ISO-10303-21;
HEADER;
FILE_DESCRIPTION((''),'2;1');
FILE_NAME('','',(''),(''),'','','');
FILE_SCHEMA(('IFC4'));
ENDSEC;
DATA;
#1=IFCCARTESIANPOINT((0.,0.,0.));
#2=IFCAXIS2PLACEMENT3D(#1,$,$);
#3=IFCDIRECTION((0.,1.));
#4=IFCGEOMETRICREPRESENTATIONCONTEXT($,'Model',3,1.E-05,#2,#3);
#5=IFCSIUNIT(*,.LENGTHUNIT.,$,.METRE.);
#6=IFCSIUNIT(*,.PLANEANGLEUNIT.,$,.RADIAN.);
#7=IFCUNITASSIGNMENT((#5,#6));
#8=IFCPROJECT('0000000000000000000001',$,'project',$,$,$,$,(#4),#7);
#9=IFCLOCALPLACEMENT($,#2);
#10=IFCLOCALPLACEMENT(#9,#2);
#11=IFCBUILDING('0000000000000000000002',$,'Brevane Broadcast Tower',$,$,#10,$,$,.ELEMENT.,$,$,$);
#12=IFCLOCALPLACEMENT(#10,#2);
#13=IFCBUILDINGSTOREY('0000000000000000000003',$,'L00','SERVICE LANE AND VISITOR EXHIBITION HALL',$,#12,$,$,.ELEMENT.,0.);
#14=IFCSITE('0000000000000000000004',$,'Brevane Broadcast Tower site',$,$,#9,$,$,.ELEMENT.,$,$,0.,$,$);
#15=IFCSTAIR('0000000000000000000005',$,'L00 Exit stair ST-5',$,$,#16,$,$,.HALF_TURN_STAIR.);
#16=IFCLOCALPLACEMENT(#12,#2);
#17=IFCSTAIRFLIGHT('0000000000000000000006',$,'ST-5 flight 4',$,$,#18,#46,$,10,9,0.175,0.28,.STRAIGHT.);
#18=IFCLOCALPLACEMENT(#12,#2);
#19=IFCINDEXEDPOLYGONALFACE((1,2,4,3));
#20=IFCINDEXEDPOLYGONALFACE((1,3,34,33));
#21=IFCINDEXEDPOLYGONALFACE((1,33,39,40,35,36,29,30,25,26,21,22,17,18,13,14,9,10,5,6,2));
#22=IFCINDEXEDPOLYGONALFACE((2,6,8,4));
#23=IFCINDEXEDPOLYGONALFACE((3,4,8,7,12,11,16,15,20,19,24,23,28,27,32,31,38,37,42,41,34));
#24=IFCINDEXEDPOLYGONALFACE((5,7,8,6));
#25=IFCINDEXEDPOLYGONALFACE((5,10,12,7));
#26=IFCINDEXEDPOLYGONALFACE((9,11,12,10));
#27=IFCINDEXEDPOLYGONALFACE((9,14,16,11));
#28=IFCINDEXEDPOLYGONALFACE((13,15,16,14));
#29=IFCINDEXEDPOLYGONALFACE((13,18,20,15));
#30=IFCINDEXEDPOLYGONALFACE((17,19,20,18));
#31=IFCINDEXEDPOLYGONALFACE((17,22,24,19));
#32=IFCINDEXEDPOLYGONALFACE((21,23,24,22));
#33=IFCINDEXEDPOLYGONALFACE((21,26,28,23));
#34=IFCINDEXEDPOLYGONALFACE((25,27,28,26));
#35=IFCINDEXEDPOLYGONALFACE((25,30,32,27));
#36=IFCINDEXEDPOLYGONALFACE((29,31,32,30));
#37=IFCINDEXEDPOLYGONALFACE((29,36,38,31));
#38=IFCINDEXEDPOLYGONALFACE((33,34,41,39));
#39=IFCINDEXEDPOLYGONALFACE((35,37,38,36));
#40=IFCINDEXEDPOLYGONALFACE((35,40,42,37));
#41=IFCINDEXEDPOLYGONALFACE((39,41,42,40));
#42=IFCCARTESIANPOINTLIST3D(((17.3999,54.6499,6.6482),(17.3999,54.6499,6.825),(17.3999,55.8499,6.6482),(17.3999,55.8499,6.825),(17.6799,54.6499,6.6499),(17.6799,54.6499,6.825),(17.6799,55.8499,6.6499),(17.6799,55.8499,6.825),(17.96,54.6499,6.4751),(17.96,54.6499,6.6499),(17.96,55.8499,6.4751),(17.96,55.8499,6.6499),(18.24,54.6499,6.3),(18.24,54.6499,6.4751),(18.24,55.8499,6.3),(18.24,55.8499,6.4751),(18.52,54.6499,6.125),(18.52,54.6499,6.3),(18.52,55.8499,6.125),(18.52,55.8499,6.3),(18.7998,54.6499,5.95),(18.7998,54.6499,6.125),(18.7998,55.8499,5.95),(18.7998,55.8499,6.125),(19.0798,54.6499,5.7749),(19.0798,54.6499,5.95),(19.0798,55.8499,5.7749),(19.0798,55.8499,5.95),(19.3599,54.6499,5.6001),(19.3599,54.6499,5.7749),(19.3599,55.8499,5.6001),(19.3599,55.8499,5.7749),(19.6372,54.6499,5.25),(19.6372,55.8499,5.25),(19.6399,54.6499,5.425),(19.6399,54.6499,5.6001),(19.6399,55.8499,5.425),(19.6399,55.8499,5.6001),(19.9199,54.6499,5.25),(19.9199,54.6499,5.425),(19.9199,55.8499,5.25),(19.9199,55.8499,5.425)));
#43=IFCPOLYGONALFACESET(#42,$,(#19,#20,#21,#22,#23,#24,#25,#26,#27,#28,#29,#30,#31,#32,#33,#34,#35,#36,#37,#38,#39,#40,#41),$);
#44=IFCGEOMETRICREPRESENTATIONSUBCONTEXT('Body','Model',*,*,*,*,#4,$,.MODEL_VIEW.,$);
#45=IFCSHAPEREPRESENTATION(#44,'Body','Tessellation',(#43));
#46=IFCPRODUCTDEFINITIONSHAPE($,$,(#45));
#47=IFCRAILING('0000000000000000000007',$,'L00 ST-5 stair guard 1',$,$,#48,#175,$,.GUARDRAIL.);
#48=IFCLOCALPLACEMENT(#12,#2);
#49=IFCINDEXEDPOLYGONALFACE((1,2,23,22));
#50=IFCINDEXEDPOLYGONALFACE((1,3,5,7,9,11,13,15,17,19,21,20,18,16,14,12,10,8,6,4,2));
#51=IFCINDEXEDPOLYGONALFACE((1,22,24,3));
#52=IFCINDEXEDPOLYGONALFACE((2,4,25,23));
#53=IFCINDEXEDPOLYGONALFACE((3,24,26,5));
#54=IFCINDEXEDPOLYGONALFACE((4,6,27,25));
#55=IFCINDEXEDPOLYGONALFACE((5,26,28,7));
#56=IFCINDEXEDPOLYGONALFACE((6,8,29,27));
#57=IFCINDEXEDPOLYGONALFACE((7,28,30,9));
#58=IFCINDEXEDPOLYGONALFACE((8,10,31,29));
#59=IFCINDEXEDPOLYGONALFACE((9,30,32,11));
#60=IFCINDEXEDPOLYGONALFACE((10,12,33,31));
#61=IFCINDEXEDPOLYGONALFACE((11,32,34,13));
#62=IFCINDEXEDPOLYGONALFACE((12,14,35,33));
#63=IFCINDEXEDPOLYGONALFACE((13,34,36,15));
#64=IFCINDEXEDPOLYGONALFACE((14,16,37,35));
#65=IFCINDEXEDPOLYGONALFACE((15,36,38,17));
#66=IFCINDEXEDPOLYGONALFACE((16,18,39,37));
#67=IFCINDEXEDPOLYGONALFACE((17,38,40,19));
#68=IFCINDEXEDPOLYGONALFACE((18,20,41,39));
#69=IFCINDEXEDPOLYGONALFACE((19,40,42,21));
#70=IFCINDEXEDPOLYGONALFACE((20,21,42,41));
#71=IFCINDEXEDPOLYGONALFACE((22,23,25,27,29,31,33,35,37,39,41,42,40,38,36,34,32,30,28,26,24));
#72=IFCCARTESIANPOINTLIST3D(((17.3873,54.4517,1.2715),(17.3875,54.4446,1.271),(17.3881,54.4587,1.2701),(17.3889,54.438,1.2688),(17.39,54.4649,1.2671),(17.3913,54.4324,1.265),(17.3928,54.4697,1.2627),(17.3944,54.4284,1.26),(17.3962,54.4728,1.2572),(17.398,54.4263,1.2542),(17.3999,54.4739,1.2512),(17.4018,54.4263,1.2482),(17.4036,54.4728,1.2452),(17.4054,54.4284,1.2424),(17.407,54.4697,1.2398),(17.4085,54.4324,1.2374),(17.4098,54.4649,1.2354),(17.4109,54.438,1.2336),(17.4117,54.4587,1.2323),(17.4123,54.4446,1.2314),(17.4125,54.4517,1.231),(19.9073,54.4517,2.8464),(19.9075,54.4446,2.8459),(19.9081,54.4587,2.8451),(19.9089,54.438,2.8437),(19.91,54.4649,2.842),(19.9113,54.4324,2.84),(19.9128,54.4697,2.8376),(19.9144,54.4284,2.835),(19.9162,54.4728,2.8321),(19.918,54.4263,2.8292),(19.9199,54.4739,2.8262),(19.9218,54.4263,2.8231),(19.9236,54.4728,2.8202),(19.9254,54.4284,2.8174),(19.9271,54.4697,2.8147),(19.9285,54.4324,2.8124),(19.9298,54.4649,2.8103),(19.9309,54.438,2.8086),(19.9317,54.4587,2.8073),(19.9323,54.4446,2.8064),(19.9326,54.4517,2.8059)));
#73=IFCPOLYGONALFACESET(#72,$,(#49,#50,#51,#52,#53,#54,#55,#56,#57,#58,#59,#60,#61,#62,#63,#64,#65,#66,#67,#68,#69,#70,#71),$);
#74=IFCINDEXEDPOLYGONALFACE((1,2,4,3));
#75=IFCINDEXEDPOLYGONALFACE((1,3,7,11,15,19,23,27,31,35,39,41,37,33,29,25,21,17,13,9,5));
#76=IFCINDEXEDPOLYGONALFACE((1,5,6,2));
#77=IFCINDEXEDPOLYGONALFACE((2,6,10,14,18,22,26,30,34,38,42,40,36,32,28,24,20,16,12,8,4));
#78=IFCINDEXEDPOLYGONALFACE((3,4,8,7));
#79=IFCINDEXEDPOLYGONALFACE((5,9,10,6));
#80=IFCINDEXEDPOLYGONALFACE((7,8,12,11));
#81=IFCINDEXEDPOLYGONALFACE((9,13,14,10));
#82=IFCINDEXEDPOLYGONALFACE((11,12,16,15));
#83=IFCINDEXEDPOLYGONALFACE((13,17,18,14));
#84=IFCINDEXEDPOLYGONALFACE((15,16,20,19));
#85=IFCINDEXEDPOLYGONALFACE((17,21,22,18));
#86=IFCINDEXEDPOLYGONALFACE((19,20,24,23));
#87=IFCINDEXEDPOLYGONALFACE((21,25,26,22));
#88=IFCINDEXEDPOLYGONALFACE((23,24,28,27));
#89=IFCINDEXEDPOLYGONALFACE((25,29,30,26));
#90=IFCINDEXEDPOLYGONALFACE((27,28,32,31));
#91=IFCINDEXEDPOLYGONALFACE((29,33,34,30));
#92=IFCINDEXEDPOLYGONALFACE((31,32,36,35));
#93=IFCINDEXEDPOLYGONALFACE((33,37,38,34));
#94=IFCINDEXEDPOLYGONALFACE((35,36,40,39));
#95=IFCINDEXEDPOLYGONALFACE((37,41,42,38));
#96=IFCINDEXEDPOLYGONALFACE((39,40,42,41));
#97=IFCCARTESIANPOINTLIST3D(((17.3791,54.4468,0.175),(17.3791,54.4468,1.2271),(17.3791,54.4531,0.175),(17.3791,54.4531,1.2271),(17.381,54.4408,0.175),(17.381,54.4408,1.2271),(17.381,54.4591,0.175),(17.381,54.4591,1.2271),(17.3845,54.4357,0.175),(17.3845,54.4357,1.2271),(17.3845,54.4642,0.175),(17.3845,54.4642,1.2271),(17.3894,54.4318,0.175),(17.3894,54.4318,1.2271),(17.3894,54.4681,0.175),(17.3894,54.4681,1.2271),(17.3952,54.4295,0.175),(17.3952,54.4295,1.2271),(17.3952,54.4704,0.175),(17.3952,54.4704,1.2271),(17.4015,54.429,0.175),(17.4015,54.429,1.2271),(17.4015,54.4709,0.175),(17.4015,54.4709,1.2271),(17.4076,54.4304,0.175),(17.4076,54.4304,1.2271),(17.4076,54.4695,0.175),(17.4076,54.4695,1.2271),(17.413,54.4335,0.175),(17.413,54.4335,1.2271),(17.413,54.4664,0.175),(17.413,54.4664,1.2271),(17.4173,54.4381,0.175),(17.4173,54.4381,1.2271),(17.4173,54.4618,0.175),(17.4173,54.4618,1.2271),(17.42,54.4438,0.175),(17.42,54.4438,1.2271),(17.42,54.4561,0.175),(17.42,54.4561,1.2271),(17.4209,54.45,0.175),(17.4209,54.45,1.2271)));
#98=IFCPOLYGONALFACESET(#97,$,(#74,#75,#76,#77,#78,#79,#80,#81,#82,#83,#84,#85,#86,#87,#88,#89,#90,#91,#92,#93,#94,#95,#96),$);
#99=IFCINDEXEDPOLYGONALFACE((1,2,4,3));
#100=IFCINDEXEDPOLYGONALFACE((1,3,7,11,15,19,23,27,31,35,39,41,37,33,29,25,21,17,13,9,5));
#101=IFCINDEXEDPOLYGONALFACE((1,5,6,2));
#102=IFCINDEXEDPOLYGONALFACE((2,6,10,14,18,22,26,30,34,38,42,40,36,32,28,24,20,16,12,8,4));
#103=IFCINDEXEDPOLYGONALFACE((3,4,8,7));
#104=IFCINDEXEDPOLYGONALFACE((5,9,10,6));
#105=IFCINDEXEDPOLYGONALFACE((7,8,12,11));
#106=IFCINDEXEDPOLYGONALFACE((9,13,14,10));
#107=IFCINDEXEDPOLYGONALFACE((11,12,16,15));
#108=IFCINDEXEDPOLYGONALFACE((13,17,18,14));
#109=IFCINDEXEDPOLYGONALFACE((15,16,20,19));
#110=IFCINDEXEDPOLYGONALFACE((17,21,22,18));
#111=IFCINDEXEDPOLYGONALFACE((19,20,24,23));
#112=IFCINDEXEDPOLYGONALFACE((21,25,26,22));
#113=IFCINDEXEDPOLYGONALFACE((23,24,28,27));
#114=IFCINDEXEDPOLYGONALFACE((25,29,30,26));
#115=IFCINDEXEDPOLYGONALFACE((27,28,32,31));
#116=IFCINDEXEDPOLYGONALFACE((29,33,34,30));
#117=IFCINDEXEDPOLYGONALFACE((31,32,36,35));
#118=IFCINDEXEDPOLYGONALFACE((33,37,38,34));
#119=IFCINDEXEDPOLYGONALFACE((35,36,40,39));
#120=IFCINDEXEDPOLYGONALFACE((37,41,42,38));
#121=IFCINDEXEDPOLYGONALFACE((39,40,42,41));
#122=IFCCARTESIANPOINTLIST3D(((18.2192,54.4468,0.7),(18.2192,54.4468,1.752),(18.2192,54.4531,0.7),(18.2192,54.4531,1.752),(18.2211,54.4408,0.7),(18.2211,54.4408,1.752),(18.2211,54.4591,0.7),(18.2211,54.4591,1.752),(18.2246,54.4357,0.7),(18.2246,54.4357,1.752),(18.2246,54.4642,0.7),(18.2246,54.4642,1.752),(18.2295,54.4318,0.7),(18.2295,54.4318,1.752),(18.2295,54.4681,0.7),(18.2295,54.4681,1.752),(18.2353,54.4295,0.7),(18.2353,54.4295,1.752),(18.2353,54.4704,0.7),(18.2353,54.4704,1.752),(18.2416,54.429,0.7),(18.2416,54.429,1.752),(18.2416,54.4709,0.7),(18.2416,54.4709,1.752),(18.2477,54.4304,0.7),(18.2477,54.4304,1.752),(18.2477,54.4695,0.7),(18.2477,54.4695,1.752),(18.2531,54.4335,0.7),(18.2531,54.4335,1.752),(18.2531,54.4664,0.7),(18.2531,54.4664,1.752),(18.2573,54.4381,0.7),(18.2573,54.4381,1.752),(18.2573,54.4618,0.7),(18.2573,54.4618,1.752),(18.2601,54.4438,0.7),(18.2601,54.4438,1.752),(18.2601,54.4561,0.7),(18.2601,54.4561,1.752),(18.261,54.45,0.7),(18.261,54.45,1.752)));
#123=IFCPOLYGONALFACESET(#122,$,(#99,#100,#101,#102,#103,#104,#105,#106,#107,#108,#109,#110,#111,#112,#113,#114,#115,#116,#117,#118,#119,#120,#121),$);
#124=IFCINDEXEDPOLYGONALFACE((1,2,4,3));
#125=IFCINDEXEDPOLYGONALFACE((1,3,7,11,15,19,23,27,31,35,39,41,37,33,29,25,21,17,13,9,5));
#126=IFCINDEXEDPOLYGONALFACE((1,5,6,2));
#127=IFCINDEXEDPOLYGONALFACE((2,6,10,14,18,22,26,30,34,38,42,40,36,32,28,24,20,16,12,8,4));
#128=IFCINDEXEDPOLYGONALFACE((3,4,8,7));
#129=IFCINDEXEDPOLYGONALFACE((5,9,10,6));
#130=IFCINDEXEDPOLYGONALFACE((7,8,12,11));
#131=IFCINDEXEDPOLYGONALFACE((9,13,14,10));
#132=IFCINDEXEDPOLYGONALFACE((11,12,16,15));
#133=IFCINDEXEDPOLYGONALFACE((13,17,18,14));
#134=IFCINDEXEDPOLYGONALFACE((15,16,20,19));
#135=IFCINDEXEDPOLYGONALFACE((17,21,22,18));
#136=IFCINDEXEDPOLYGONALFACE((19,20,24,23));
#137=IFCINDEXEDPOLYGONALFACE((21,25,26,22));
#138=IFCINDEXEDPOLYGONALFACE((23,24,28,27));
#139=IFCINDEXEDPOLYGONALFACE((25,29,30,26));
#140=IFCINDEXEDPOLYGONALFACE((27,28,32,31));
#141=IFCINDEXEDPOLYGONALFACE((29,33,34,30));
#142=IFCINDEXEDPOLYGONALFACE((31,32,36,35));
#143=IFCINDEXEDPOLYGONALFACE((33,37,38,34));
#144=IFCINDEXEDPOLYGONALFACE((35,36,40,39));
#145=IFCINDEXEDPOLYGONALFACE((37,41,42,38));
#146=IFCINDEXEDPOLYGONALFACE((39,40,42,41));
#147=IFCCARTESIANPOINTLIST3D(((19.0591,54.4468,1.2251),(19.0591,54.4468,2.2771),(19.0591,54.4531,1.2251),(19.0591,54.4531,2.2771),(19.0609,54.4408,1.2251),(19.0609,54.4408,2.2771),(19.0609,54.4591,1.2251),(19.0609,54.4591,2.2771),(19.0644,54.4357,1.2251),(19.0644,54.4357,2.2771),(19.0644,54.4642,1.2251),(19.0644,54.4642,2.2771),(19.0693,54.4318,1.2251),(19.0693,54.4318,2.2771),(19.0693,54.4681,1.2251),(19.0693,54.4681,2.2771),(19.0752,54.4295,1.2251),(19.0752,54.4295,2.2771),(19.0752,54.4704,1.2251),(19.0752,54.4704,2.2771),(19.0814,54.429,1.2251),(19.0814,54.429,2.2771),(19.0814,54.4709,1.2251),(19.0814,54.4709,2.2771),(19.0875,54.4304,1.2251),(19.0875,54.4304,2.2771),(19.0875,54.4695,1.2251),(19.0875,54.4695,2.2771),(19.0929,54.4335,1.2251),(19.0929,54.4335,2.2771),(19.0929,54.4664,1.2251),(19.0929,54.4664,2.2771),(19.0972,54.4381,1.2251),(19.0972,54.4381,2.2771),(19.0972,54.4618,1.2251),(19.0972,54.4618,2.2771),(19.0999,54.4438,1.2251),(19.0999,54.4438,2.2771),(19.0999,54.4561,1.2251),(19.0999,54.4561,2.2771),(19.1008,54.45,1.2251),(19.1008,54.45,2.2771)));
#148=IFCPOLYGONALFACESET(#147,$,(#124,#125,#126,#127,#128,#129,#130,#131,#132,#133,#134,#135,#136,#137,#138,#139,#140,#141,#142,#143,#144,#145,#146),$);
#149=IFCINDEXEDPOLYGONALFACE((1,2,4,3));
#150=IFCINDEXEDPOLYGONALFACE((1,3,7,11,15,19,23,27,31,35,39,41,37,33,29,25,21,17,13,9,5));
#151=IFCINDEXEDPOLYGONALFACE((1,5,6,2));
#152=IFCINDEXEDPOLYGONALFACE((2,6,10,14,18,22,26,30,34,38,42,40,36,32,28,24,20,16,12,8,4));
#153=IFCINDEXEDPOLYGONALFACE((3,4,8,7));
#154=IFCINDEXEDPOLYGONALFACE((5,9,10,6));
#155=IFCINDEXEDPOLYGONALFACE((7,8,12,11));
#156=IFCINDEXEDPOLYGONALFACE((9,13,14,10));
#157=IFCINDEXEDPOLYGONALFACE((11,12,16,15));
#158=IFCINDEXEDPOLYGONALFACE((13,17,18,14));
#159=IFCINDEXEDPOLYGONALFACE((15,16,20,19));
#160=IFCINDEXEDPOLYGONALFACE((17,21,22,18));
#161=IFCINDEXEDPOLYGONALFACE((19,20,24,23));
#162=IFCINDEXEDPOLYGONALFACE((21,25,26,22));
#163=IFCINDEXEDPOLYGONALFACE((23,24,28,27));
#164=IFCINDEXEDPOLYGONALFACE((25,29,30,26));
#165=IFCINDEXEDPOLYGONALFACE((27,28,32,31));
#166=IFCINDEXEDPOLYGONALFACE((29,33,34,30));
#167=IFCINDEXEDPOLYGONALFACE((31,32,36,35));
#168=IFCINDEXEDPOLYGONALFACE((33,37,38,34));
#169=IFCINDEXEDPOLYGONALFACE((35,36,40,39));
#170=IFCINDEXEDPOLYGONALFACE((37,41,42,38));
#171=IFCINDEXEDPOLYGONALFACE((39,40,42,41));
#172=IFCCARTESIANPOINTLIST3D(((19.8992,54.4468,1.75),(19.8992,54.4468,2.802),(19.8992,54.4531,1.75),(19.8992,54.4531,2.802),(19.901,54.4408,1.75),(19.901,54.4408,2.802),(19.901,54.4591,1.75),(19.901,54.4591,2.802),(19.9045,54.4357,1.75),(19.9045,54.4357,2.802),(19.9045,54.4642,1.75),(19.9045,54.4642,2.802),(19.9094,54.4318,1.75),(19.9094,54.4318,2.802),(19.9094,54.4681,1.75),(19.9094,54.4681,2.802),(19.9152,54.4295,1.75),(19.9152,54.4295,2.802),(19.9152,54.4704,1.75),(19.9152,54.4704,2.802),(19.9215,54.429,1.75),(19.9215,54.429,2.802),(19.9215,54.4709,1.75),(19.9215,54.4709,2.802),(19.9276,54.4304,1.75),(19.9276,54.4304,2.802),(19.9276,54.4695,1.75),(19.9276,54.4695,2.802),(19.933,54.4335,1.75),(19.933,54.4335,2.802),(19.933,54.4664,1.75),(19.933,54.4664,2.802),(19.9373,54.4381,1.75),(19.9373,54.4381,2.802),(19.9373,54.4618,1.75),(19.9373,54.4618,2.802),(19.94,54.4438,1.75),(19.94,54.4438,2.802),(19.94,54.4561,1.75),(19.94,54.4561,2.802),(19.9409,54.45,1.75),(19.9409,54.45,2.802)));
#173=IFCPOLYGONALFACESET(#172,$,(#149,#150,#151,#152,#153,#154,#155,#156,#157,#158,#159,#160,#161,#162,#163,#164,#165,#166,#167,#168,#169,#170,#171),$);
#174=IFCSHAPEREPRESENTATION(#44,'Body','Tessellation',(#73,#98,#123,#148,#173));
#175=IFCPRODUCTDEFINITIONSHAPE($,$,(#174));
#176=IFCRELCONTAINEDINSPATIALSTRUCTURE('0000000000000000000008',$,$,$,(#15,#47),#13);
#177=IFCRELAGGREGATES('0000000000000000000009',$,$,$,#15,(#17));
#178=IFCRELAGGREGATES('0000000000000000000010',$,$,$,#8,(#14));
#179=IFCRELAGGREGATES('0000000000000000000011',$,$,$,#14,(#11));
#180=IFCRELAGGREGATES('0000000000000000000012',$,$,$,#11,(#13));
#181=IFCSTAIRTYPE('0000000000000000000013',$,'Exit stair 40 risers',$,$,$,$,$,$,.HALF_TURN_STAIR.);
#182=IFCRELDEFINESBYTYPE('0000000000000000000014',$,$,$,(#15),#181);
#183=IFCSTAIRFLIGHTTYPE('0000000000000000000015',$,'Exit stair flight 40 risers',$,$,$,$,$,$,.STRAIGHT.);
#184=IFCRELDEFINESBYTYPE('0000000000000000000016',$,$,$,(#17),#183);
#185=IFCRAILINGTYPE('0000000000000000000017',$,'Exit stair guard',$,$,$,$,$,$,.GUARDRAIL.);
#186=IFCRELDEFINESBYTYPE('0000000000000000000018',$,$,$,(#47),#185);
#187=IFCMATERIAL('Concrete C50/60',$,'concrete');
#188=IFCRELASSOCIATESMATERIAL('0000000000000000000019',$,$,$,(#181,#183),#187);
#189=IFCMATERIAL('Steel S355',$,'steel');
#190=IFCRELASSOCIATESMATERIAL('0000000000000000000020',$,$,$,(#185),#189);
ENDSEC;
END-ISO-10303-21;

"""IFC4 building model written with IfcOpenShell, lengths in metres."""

from ifc_helpers import new_model, si_unit, direction, frame, origin, origin_2d, place, context, subcontext, project, spatial, polyline, circle, outline, extrude, material, type_object, element, aggregate, save


model = new_model("IFC4")

# Units and contexts
model_context = context("Model", 3, precision=1e-05, world=origin(), true_north=direction((0.0, 1.0)))
body_context = subcontext(model_context, "Body", "Model", "MODEL_VIEW")
ifc_project = project(units=[si_unit("LENGTHUNIT", "METRE"), si_unit("PLANEANGLEUNIT", "RADIAN")], contexts=[model_context])

# Site, building, storey
site_placement = place(None, origin())
site = spatial("IfcSite", under=ifc_project, at=site_placement, Name="Brevane Broadcast Tower site", CompositionType="ELEMENT", RefElevation=0.0)
building_placement = place(site_placement, origin())
building = spatial("IfcBuilding", under=site, at=building_placement, Name="Brevane Broadcast Tower", CompositionType="ELEMENT")
storey_placement = place(building_placement, origin())
storey = spatial("IfcBuildingStorey", under=building, at=storey_placement, Name="L00", Description="SERVICE LANE AND VISITOR EXHIBITION HALL", CompositionType="ELEMENT", Elevation=0.0)

# Stair, stair flight
ifc_material_1 = material(Name="Concrete C50/60", Category="concrete")
stair_type = type_object("IfcStairType", Name="Exit stair 40 risers", PredefinedType="HALF_TURN_STAIR", material=ifc_material_1)
stair_placement = place(storey_placement, origin())
stair = element("IfcStair", 1, at=stair_placement, inside=storey, type_object=stair_type, Name="L00 Exit stair ST-5", PredefinedType="HALF_TURN_STAIR")
stair_flight_type = type_object("IfcStairFlightType", Name="Exit stair flight 40 risers", PredefinedType="STRAIGHT", material=ifc_material_1)
stair_flight_1_placement = place(storey_placement, frame((19.9199, 55.25, 5.25), z_axis=(0.0, 0.0, 1.0), x_axis=(-1.0, 0.0, 0.0)))
stair_flight_1 = element("IfcStairFlight", 2, at=stair_flight_1_placement, type_object=stair_flight_type, Name="ST-5 flight 4", NumberOfRisers=10, NumberOfTreads=9, PredefinedType="STRAIGHT", RiserHeight=0.175, TreadLength=0.28, context=body_context, shape_type="SweptSolid", body=[
    extrude(outline(polyline([(0.0, 0.0), (0.0, 0.175), (0.28, 0.175), (0.28, 0.3501), (0.5601, 0.3501), (0.5601, 0.5249), (0.8401, 0.5249), (0.8401, 0.7), (1.1201, 0.7), (1.1201, 0.875), (1.3999, 0.875), (1.3999, 1.05), (1.6799, 1.05), (1.6799, 1.2251), (1.96, 1.2251), (1.96, 1.3999), (2.24, 1.3999), (2.24, 1.575), (2.52, 1.575), (2.52, 1.75), (2.52, 1.3982), (0.2827, 0.0), (0.0, 0.0)])), frame((0.0, 0.6001, 0.0), z_axis=(0.0, -1.0, 0.0), x_axis=(1.0, 0.0, 0.0)), (0.0, 0.0, 1.0), 1.2),
])
aggregate(stair, [stair_flight_1])

# Railing
ifc_material_2 = material(Name="Steel S355", Category="steel")
railing_type_1 = type_object("IfcRailingType", Name="Exit stair guard", PredefinedType="GUARDRAIL", material=ifc_material_2)
railing_1_placement = place(storey_placement, frame((17.3999, 54.45, 0.175)))
element("IfcRailing", 3, at=railing_1_placement, inside=storey, type_object=railing_type_1, Name="L00 ST-5 stair guard 1", PredefinedType="GUARDRAIL", context=body_context, shape_type="SweptSolid", body=[
    extrude(circle(Radius=0.0239, at=origin_2d()), frame((0.0, 0.0, 1.0762), z_axis=(0.848008, 0.0, 0.529984), x_axis=(0.0, 1.0, 0.0)), (0.0, 0.0, 1.0), 2.9717),
    extrude(circle(Radius=0.021, at=origin_2d()), origin(), (0.0, 0.0, 1.0), 1.052),
    extrude(circle(Radius=0.021, at=origin_2d()), frame((0.8401, 0.0, 0.5249)), (0.0, 0.0, 1.0), 1.052),
    extrude(circle(Radius=0.021, at=origin_2d()), frame((1.6799, 0.0, 1.05)), (0.0, 0.0, 1.0), 1.052),
    extrude(circle(Radius=0.021, at=origin_2d()), frame((2.52, 0.0, 1.575)), (0.0, 0.0, 1.0), 1.052),
])

save(model, "model.ifc")
